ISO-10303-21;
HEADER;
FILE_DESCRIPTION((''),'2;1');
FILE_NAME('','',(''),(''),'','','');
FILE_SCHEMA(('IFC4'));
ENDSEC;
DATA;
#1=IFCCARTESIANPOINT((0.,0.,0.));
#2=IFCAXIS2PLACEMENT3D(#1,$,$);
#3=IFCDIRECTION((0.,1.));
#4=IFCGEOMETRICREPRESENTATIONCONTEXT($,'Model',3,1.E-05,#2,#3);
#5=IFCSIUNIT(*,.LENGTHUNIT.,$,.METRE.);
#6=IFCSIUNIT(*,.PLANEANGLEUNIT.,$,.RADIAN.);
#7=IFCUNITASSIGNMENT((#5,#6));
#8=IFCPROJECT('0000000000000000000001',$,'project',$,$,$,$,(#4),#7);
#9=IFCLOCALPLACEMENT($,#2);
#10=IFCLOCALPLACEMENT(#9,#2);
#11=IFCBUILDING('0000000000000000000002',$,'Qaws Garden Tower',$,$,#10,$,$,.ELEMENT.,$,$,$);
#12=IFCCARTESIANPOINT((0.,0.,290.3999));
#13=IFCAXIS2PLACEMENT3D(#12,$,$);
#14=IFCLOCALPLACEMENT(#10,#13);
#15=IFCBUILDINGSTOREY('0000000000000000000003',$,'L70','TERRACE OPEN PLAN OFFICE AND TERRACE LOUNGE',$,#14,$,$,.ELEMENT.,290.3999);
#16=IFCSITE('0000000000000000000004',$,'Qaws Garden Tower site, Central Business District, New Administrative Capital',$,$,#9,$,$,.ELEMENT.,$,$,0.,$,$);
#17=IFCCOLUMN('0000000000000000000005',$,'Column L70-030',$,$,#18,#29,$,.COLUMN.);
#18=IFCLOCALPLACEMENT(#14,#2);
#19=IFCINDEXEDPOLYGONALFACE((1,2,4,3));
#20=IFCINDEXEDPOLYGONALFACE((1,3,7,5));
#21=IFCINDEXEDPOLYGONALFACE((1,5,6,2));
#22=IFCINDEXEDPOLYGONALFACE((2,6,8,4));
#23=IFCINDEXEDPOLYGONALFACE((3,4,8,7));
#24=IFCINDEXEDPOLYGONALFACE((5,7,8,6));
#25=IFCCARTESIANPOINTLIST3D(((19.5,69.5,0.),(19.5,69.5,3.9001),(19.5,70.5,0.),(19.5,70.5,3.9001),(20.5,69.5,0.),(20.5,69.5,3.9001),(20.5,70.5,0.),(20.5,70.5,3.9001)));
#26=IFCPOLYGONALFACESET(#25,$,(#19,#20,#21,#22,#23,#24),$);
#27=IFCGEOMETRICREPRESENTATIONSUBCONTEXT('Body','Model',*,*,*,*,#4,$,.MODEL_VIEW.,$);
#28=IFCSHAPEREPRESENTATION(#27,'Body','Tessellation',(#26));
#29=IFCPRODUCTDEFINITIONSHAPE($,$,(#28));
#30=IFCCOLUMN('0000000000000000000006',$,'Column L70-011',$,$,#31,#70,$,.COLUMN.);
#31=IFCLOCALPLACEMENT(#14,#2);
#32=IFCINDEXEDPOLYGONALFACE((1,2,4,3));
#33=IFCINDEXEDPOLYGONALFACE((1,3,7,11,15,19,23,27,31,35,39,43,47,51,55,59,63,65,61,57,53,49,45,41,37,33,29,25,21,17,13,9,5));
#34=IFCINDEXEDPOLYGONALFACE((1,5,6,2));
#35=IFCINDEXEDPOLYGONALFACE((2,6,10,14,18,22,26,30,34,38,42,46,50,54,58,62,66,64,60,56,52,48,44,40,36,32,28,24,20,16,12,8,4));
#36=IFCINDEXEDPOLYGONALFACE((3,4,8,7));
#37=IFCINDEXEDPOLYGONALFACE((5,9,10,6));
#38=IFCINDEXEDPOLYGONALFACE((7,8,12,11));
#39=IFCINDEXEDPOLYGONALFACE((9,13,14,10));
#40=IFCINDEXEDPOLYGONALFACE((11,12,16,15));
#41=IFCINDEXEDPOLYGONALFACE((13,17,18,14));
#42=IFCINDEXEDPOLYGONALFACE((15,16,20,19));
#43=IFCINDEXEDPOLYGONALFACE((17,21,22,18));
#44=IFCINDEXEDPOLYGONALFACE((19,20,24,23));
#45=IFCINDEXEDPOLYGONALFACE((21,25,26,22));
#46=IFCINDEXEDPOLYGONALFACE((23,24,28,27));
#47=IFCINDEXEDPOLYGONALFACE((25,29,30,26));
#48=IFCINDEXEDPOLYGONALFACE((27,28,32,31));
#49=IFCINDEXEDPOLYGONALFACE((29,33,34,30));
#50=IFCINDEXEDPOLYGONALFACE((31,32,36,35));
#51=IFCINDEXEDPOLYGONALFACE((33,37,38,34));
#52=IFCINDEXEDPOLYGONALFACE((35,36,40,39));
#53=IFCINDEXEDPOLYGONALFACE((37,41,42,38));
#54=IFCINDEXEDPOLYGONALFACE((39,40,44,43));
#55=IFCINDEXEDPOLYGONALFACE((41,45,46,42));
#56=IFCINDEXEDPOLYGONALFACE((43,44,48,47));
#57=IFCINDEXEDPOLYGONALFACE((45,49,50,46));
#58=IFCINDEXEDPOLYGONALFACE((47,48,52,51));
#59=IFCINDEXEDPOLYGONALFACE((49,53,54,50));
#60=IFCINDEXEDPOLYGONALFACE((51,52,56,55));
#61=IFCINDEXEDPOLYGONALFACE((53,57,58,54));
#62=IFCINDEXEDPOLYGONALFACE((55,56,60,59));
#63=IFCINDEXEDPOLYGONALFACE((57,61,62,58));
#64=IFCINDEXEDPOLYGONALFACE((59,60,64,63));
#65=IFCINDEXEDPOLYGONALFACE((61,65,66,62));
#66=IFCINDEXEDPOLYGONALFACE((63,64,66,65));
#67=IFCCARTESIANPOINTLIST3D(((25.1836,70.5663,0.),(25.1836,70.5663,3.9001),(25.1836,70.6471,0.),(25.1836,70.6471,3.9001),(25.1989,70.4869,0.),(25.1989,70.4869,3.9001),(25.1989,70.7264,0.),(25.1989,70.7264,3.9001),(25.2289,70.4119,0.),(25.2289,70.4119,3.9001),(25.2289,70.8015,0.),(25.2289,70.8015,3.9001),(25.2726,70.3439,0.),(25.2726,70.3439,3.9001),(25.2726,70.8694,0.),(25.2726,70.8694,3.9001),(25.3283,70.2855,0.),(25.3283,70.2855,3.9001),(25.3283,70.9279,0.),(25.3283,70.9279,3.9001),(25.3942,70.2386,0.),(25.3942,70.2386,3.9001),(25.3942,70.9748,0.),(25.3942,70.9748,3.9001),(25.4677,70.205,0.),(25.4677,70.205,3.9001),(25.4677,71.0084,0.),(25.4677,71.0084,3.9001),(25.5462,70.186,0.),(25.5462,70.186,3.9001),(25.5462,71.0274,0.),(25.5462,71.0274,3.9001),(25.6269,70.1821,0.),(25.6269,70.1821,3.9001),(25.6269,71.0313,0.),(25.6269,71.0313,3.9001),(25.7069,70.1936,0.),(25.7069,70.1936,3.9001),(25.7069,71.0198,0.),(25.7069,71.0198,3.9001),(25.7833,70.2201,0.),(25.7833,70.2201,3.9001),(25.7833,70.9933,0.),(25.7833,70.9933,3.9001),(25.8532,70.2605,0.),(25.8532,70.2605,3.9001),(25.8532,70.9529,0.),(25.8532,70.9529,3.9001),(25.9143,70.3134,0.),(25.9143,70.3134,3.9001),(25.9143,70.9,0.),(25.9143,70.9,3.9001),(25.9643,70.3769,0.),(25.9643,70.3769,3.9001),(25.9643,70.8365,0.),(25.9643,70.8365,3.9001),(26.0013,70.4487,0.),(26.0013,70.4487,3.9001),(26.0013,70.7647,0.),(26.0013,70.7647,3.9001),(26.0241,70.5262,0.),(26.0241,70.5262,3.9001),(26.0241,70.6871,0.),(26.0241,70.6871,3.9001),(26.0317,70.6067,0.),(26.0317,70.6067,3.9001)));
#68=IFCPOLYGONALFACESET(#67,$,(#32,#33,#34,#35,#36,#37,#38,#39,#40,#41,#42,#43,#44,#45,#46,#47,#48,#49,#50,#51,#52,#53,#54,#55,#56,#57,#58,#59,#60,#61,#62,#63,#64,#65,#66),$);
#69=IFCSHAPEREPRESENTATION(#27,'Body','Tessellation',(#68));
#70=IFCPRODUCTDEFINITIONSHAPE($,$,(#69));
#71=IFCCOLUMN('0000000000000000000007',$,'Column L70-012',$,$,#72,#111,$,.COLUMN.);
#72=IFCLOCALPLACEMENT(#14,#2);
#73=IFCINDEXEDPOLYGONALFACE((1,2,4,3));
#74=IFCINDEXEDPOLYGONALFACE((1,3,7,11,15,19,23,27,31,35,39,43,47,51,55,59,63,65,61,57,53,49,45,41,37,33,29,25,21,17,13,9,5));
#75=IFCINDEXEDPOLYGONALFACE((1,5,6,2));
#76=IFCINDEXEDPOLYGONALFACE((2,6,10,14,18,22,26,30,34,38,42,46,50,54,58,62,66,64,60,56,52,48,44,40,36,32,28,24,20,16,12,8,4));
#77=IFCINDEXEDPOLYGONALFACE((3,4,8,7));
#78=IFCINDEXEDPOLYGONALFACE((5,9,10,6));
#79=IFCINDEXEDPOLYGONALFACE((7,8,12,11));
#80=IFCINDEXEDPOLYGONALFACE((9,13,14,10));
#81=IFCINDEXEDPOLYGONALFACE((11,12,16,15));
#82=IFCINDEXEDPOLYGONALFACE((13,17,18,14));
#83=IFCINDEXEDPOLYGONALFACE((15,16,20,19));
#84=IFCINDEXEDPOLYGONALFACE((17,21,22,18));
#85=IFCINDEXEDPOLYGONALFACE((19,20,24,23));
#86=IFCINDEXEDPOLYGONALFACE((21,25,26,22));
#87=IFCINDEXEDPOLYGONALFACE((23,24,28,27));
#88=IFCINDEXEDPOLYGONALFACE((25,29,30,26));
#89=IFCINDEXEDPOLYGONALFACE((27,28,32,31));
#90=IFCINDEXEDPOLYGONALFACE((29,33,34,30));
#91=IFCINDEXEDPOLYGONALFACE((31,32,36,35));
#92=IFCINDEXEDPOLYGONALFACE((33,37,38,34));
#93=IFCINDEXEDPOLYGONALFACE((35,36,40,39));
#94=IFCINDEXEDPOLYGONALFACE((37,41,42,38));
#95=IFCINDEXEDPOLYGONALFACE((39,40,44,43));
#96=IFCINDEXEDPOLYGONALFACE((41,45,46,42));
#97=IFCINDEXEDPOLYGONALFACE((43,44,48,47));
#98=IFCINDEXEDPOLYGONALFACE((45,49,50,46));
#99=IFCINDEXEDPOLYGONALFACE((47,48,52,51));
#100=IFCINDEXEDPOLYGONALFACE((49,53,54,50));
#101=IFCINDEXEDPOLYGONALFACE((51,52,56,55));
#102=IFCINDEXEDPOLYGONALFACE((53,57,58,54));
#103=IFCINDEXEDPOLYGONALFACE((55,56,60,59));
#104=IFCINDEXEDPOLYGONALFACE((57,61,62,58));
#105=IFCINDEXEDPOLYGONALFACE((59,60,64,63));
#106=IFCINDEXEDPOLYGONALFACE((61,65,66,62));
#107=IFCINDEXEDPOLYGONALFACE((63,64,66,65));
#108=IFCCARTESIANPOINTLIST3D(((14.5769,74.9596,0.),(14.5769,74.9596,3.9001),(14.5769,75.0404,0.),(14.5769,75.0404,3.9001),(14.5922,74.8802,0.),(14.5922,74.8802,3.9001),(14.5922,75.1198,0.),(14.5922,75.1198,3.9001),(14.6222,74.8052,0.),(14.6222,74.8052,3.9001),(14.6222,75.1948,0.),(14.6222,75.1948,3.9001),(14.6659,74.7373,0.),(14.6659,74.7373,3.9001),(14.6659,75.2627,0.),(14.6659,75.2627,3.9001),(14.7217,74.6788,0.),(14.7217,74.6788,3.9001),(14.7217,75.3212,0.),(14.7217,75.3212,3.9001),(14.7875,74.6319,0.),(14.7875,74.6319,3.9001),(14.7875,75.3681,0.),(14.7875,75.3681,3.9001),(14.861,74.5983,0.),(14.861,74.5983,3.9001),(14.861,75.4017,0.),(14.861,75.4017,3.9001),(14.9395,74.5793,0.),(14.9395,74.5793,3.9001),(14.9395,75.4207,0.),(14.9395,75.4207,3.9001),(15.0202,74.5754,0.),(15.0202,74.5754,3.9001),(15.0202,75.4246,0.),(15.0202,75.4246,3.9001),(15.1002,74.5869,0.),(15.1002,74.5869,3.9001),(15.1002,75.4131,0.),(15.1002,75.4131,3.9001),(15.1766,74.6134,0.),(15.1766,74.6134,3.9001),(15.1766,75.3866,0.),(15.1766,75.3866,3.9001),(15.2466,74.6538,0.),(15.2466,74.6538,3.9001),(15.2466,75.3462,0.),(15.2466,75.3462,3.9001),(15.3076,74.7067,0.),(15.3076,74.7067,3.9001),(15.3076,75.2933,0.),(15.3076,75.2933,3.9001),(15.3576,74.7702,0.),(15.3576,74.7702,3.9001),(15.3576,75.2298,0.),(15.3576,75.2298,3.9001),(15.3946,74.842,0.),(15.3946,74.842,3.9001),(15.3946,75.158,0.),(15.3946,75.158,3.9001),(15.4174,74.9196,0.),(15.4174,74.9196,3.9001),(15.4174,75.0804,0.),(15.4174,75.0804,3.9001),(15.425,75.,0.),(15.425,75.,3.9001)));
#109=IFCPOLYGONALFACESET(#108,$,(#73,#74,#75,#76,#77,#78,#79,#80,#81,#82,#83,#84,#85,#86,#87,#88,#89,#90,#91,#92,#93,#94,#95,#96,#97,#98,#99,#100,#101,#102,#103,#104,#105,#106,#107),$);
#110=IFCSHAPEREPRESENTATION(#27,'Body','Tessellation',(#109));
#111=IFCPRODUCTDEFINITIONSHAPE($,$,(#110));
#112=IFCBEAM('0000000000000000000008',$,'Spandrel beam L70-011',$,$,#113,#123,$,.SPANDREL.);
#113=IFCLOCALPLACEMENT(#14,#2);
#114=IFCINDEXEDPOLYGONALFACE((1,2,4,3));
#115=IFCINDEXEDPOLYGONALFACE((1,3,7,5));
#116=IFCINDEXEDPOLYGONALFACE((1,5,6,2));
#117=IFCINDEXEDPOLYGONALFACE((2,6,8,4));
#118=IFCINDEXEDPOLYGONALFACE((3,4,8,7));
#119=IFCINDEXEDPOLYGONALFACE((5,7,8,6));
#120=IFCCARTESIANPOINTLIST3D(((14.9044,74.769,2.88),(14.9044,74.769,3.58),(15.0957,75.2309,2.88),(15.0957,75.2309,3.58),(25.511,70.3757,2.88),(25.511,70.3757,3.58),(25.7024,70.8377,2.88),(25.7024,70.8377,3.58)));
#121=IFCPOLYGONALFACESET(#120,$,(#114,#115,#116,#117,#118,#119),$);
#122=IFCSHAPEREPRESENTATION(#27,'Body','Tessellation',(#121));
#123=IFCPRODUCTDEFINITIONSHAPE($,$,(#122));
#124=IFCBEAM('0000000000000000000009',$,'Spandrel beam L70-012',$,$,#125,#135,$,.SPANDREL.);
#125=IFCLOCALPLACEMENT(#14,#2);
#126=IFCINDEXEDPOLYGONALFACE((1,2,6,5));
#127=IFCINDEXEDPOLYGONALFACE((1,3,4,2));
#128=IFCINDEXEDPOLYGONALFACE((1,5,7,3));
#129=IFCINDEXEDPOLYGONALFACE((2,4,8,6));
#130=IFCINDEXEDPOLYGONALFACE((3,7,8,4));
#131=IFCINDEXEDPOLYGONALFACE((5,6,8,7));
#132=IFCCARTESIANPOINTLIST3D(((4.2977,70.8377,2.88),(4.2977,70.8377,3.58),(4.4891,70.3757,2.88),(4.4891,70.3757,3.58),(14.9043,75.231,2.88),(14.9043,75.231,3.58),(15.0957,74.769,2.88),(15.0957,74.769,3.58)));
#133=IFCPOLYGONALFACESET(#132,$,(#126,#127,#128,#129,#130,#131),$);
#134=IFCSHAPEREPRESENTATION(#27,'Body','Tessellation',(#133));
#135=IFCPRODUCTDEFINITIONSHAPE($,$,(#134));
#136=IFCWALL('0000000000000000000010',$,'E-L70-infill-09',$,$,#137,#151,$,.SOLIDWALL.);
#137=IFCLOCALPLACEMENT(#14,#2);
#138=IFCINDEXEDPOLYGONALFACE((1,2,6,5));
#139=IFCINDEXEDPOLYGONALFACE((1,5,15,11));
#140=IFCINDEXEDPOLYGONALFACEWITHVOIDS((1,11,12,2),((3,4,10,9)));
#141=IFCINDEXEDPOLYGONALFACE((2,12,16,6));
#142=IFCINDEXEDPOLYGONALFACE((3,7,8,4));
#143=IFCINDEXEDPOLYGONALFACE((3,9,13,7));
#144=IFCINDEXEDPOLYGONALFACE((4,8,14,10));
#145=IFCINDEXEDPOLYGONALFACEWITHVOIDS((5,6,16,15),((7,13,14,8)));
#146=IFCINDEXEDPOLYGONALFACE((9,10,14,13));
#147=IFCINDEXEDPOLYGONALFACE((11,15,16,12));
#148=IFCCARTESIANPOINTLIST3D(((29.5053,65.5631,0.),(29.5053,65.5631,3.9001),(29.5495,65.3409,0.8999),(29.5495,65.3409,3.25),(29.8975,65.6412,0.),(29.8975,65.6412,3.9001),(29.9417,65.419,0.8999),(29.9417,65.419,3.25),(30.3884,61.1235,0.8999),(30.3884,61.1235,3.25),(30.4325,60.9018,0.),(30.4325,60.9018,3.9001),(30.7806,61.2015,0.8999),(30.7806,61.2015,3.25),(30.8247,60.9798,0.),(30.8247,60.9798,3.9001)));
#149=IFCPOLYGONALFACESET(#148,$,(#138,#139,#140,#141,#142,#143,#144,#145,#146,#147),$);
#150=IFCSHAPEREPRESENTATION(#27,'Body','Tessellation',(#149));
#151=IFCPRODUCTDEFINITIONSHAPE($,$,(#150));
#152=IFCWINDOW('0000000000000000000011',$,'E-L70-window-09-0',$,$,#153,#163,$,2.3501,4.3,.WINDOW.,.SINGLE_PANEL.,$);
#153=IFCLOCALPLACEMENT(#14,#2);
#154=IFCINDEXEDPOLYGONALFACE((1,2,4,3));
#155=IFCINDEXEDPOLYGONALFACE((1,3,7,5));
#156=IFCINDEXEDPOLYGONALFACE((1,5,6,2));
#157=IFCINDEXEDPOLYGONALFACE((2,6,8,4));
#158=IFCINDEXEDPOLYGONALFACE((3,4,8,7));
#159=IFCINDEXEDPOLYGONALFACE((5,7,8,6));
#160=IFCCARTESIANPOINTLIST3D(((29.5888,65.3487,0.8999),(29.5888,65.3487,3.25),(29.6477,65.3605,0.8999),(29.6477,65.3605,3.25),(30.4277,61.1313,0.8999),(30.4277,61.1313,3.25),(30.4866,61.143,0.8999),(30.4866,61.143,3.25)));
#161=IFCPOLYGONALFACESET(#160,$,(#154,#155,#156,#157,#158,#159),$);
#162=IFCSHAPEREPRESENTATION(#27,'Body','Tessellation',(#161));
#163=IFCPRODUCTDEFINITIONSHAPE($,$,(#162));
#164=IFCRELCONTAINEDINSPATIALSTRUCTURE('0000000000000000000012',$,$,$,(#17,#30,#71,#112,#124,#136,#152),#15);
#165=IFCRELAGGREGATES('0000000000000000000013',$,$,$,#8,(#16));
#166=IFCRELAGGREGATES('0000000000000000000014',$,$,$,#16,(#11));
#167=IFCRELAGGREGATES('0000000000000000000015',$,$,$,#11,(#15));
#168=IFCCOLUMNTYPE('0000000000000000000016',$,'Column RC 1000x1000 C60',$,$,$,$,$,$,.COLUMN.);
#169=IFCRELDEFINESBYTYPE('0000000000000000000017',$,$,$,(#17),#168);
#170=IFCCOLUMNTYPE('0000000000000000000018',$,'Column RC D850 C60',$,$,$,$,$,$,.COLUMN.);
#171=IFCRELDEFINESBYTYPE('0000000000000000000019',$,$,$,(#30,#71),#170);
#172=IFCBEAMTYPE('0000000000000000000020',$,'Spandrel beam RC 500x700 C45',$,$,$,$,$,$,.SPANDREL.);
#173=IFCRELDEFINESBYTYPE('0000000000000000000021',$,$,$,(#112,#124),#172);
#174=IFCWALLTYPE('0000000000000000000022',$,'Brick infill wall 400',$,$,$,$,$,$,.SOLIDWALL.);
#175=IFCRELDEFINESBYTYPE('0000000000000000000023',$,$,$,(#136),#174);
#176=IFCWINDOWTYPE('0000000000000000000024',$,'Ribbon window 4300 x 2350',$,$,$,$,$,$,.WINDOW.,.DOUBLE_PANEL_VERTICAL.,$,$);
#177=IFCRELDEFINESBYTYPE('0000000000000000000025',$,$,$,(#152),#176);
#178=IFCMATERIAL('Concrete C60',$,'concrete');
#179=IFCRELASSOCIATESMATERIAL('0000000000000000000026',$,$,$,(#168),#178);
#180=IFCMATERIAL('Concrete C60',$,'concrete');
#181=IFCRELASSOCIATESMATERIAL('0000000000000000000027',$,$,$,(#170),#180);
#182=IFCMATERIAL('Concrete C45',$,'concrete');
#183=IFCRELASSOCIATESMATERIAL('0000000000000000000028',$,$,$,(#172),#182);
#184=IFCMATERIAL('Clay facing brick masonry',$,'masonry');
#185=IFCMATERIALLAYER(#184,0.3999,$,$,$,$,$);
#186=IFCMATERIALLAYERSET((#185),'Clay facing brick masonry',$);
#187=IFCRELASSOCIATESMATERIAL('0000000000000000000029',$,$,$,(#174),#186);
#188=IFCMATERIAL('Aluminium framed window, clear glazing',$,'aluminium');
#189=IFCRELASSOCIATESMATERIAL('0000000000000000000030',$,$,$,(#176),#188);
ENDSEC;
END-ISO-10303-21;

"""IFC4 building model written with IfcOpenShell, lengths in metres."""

from ifc_helpers import new_model, si_unit, direction, frame, frame_2d, origin, origin_2d, place, context, subcontext, project, spatial, rectangle, circle, extrude, material, layer, layer_set, material_profile, profile_set, type_object, element, fill, save


model = new_model("IFC4")

# Units and contexts
model_context = context("Model", 3, precision=1e-05, world=origin(), true_north=direction((0.0, 1.0)))
body_context = subcontext(model_context, "Body", "Model", "MODEL_VIEW")
ifc_project = project(units=[si_unit("LENGTHUNIT", "METRE"), si_unit("PLANEANGLEUNIT", "RADIAN")], contexts=[model_context])

# Site, building, storey
site_placement = place(None, origin())
site = spatial("IfcSite", under=ifc_project, at=site_placement, Name="Qaws Garden Tower site, Central Business District, New Administrative Capital", CompositionType="ELEMENT", RefElevation=0.0)
building_placement = place(site_placement, origin())
building = spatial("IfcBuilding", under=site, at=building_placement, Name="Qaws Garden Tower", CompositionType="ELEMENT")
storey_placement = place(building_placement, frame((0.0, 0.0, 290.3999)))
storey = spatial("IfcBuildingStorey", under=building, at=storey_placement, Name="L70", Description="TERRACE OPEN PLAN OFFICE AND TERRACE LOUNGE", CompositionType="ELEMENT", Elevation=290.3999)

# Columns
ifc_material_1 = material(Name="Concrete C60", Category="concrete")
ifc_material_profile_1 = material_profile(ifc_material_1, rectangle(XDim=1.0, YDim=1.0, at=origin_2d()), Name="RC 1000x1000")
ifc_profile_set_1 = profile_set([ifc_material_profile_1], Name="Concrete C60")
column_type_1 = type_object("IfcColumnType", Name="Column RC 1000x1000 C60", PredefinedType="COLUMN", material=ifc_profile_set_1)
column_placement = place(storey_placement, frame((20.0, 70.0, 0.0), z_axis=(0.0, 0.0, 1.0), x_axis=(1.0, 0.0, 0.0)))
element("IfcColumn", 1, at=column_placement, inside=storey, type_object=column_type_1, Name="Column L70-030", PredefinedType="COLUMN", context=body_context, shape_type="SweptSolid", body=[
    extrude(rectangle(XDim=1.0, YDim=1.0, at=origin_2d()), origin(), (0.0, 0.0, 1.0), 3.9001),
])
ifc_material_2 = material(Name="Concrete C60", Category="concrete")
ifc_material_profile_2 = material_profile(ifc_material_2, circle(Radius=0.425, at=origin_2d()), Name="RC D850")
ifc_profile_set_2 = profile_set([ifc_material_profile_2], Name="Concrete C60")
column_type_2 = type_object("IfcColumnType", Name="Column RC D850 C60", PredefinedType="COLUMN", material=ifc_profile_set_2)
for number, where, z_axis, x_axis, name in (
    (2, (25.6067, 70.6067, 0.0), (0.0, 0.0, 1.0), (1.0, 0.0, 0.0), "Column L70-011"),
    (3, (15.0, 75.0, 0.0), (0.0, 0.0, 1.0), (1.0, 0.0, 0.0), "Column L70-012"),
):
    element("IfcColumn", number, at=place(storey_placement, frame(where, z_axis=z_axis, x_axis=x_axis)), inside=storey, type_object=column_type_2, Name=name, PredefinedType="COLUMN", context=body_context, shape_type="SweptSolid", body=[
        extrude(circle(Radius=0.425, at=origin_2d()), origin(), (0.0, 0.0, 1.0), 3.9001),
    ])

# Beams
ifc_material_3 = material(Name="Concrete C45", Category="concrete")
ifc_material_profile_3 = material_profile(ifc_material_3, rectangle(XDim=0.5, YDim=0.7, at=origin_2d()), Name="RC 500x700")
ifc_profile_set_3 = profile_set([ifc_material_profile_3], Name="Concrete C45")
beam_type = type_object("IfcBeamType", Name="Spandrel beam RC 500x700 C45", PredefinedType="SPANDREL", material=ifc_profile_set_3)
for number, where, z_axis, x_axis, name in (
    (4, (25.6067, 70.6067, 3.23), (-0.923883, 0.382674, 0.0), (-0.382674, -0.923883, 0.0), "Spandrel beam L70-011"),
    (5, (15.0, 75.0, 3.23), (-0.923883, -0.382674, 0.0), (0.382674, -0.923883, 0.0), "Spandrel beam L70-012"),
):
    element("IfcBeam", number, at=place(storey_placement, frame(where, z_axis=z_axis, x_axis=x_axis)), inside=storey, type_object=beam_type, Name=name, PredefinedType="SPANDREL", context=body_context, shape_type="SweptSolid", body=[
        extrude(rectangle(XDim=0.5, YDim=0.7, at=origin_2d()), origin(), (0.0, 0.0, 1.0), 11.4805),
    ])

# Wall, opening, window
ifc_material_4 = material(Name="Clay facing brick masonry", Category="masonry")
ifc_layer_1 = layer(ifc_material_4, 0.3999)
ifc_layer_set_1 = layer_set([ifc_layer_1], Name="Clay facing brick masonry")
wall_type_1 = type_object("IfcWallType", Name="Brick infill wall 400", PredefinedType="SOLIDWALL", material=ifc_layer_set_1)
wall_1_placement = place(storey_placement, frame((30.6287, 60.9407, 0.0), z_axis=(0.0, 0.0, 1.0), x_axis=(-0.195099, 0.980784, 0.0)))
wall_1 = element("IfcWall", 6, at=wall_1_placement, inside=storey, type_object=wall_type_1, Name="E-L70-infill-09", PredefinedType="SOLIDWALL", context=body_context, shape_type="SweptSolid", body=[
    extrude(rectangle(XDim=4.7527, YDim=0.3999, at=frame_2d((2.3765, 0.0))), origin(), (0.0, 0.0, 1.0), 3.9001),
])
opening_1_placement = place(wall_1_placement, frame((0.2263, 0.0, 0.8999)))
opening_1 = element("IfcOpeningElement", 7, at=opening_1_placement, cuts=wall_1, PredefinedType="OPENING", context=body_context, shape_type="SweptSolid", body=[
    extrude(rectangle(XDim=4.3, YDim=2.3501, at=frame_2d((2.1499, 1.175))), frame((0.0, 0.21, 0.0), z_axis=(0.0, -1.0, 0.0), x_axis=(1.0, 0.0, 0.0)), (0.0, 0.0, 1.0), 0.4199),
])
ifc_material_5 = material(Name="Aluminium framed window, clear glazing", Category="aluminium")
window_type = type_object("IfcWindowType", Name="Ribbon window 4300 x 2350", PartitioningType="DOUBLE_PANEL_VERTICAL", PredefinedType="WINDOW", material=ifc_material_5)
window_1_placement = place(opening_1_placement, origin())
window_1 = element("IfcWindow", 8, at=window_1_placement, inside=storey, type_object=window_type, Name="E-L70-window-09-0", OverallHeight=2.3501, OverallWidth=4.3, PartitioningType="SINGLE_PANEL", PredefinedType="WINDOW", context=body_context, shape_type="SweptSolid", body=[
    extrude(rectangle(XDim=4.3, YDim=2.3501, at=frame_2d((2.1499, 1.175))), frame((0.0, 0.1599, 0.0), z_axis=(0.0, -1.0, 0.0), x_axis=(1.0, 0.0, 0.0)), (0.0, 0.0, 1.0), 0.0601),
])
fill(opening_1, window_1)

save(model, "model.ifc")
